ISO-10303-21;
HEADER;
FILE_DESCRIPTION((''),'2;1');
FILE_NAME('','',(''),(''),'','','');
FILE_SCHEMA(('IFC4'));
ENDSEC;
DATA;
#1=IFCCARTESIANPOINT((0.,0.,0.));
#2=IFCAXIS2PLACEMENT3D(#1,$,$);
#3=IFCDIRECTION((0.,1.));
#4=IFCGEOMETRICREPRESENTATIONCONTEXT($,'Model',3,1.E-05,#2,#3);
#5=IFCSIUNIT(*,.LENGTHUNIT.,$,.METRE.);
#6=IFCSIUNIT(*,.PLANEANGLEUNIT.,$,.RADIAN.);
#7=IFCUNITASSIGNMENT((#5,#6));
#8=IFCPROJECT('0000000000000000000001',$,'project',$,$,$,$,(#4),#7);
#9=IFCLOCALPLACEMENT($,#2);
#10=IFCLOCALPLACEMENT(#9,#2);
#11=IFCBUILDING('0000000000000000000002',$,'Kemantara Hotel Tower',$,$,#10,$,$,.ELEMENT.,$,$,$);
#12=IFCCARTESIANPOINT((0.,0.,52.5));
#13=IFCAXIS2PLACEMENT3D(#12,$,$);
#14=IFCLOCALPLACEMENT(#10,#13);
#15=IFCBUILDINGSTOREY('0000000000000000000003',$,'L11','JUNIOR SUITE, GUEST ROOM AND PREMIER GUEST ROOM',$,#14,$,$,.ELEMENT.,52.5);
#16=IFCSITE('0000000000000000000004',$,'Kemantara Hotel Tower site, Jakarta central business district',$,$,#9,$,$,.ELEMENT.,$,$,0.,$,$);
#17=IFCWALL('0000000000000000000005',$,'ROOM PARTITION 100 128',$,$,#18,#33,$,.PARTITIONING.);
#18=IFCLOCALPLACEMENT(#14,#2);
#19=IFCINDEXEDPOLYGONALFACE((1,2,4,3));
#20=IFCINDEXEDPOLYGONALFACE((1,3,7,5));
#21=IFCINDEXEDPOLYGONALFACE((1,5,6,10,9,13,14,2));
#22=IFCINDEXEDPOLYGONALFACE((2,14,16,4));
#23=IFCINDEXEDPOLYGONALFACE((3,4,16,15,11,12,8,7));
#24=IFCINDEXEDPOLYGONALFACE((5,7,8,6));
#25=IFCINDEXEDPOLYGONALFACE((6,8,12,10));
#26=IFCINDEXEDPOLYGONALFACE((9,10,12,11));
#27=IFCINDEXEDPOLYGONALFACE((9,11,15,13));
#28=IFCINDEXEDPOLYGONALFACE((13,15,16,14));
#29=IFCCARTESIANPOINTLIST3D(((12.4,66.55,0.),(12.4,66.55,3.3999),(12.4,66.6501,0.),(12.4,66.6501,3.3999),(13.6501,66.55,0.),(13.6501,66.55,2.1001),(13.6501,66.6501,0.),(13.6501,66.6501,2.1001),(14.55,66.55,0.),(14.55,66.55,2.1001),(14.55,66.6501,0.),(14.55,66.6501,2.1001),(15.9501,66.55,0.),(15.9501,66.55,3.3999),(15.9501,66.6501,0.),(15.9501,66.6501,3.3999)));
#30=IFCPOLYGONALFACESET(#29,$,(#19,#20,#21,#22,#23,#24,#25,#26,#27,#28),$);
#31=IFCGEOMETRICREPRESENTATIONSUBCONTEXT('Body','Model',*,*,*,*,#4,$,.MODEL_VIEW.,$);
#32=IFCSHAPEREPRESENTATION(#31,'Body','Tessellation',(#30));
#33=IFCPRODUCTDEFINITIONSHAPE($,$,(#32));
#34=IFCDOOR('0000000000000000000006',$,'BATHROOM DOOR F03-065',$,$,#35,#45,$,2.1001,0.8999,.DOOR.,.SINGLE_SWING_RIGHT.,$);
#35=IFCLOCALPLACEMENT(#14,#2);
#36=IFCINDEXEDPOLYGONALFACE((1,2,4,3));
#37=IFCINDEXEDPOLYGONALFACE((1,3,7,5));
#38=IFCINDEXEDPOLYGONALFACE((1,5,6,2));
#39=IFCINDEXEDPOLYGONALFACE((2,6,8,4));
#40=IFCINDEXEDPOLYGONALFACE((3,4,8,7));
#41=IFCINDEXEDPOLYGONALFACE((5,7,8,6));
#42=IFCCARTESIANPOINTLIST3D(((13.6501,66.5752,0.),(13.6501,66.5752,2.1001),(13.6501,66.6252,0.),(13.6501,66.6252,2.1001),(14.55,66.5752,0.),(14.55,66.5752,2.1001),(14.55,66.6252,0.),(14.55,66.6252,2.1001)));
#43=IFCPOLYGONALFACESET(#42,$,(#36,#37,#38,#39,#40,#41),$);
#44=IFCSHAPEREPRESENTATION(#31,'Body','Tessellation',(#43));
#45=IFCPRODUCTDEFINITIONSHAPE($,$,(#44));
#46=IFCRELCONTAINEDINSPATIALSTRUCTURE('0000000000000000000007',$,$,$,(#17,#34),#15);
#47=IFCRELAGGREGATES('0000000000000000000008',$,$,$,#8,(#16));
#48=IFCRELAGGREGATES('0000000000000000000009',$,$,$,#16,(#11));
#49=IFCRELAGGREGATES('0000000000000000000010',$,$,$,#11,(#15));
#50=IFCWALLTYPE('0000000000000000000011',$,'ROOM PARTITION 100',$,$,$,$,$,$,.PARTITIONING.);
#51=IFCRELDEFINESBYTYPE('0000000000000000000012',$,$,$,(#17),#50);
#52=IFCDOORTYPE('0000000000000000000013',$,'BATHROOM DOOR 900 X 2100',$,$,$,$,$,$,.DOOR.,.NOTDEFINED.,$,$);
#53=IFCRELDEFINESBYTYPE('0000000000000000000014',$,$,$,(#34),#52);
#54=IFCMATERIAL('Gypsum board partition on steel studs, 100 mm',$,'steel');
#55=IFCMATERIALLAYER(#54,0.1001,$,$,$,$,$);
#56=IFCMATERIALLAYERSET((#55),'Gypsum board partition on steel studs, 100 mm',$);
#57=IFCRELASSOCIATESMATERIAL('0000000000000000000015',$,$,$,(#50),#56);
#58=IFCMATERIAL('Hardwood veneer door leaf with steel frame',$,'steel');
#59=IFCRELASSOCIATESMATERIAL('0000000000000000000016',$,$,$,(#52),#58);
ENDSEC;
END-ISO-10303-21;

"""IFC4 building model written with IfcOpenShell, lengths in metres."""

from ifc_helpers import new_model, si_unit, direction, frame, frame_2d, origin, place, context, subcontext, project, spatial, rectangle, extrude, material, layer, layer_set, type_object, element, fill, save


model = new_model("IFC4")

# Units and contexts
model_context = context("Model", 3, precision=1e-05, world=origin(), true_north=direction((0.0, 1.0)))
body_context = subcontext(model_context, "Body", "Model", "MODEL_VIEW")
ifc_project = project(units=[si_unit("LENGTHUNIT", "METRE"), si_unit("PLANEANGLEUNIT", "RADIAN")], contexts=[model_context])

# Site, building, storey
site_placement = place(None, origin())
site = spatial("IfcSite", under=ifc_project, at=site_placement, Name="Kemantara Hotel Tower site, Jakarta central business district", CompositionType="ELEMENT", RefElevation=0.0)
building_placement = place(site_placement, origin())
building = spatial("IfcBuilding", under=site, at=building_placement, Name="Kemantara Hotel Tower", CompositionType="ELEMENT")
storey_placement = place(building_placement, frame((0.0, 0.0, 52.5)))
storey = spatial("IfcBuildingStorey", under=building, at=storey_placement, Name="L11", Description="JUNIOR SUITE, GUEST ROOM AND PREMIER GUEST ROOM", CompositionType="ELEMENT", Elevation=52.5)

# Shared definitions
ifc_material_1 = material(Name="Hardwood veneer door leaf with steel frame", Category="steel")

# Shared definitions
ifc_material_2 = material(Name="Gypsum board partition on steel studs, 100 mm", Category="steel")
ifc_layer_1 = layer(ifc_material_2, 0.1001)
ifc_layer_set_1 = layer_set([ifc_layer_1], Name="Gypsum board partition on steel studs, 100 mm")
wall_type_1 = type_object("IfcWallType", Name="ROOM PARTITION 100", PredefinedType="PARTITIONING", material=ifc_layer_set_1)
door_type_1 = type_object("IfcDoorType", Name="BATHROOM DOOR 900 X 2100", OperationType="NOTDEFINED", PredefinedType="DOOR", material=ifc_material_1)

# Wall, opening, door
wall_1_placement = place(storey_placement, frame((15.95, 66.6001, 0.0), z_axis=(0.0, 0.0, 1.0), x_axis=(-1.0, 0.0, 0.0)))
wall_1 = element("IfcWall", 1, at=wall_1_placement, inside=storey, type_object=wall_type_1, Name="ROOM PARTITION 100 128", PredefinedType="PARTITIONING", context=body_context, shape_type="SweptSolid", body=[
    extrude(rectangle(XDim=3.55, YDim=0.1001, at=frame_2d((1.7749, 0.0))), origin(), (0.0, 0.0, 1.0), 3.3999),
])
opening_1_placement = place(wall_1_placement, frame((1.3999, 0.0, 0.0)))
opening_1 = element("IfcOpeningElement", 2, at=opening_1_placement, cuts=wall_1, PredefinedType="OPENING", context=body_context, shape_type="SweptSolid", body=[
    extrude(rectangle(XDim=0.8999, YDim=2.1001, at=frame_2d((0.45, 1.05))), frame((0.0, 0.0601, 0.0), z_axis=(0.0, -1.0, 0.0), x_axis=(1.0, 0.0, 0.0)), (0.0, 0.0, 1.0), 0.1201),
])
door_1_placement = place(opening_1_placement, origin())
door_1 = element("IfcDoor", 3, at=door_1_placement, inside=storey, type_object=door_type_1, Name="BATHROOM DOOR F03-065", OperationType="SINGLE_SWING_RIGHT", OverallHeight=2.1001, OverallWidth=0.8999, PredefinedType="DOOR", context=body_context, shape_type="SweptSolid", body=[
    extrude(rectangle(XDim=0.8999, YDim=2.1001, at=frame_2d((0.45, 1.05))), frame((0.0, 0.0249, 0.0), z_axis=(0.0, -1.0, 0.0), x_axis=(1.0, 0.0, 0.0)), (0.0, 0.0, 1.0), 0.05),
])
fill(opening_1, door_1)

save(model, "model.ifc")
